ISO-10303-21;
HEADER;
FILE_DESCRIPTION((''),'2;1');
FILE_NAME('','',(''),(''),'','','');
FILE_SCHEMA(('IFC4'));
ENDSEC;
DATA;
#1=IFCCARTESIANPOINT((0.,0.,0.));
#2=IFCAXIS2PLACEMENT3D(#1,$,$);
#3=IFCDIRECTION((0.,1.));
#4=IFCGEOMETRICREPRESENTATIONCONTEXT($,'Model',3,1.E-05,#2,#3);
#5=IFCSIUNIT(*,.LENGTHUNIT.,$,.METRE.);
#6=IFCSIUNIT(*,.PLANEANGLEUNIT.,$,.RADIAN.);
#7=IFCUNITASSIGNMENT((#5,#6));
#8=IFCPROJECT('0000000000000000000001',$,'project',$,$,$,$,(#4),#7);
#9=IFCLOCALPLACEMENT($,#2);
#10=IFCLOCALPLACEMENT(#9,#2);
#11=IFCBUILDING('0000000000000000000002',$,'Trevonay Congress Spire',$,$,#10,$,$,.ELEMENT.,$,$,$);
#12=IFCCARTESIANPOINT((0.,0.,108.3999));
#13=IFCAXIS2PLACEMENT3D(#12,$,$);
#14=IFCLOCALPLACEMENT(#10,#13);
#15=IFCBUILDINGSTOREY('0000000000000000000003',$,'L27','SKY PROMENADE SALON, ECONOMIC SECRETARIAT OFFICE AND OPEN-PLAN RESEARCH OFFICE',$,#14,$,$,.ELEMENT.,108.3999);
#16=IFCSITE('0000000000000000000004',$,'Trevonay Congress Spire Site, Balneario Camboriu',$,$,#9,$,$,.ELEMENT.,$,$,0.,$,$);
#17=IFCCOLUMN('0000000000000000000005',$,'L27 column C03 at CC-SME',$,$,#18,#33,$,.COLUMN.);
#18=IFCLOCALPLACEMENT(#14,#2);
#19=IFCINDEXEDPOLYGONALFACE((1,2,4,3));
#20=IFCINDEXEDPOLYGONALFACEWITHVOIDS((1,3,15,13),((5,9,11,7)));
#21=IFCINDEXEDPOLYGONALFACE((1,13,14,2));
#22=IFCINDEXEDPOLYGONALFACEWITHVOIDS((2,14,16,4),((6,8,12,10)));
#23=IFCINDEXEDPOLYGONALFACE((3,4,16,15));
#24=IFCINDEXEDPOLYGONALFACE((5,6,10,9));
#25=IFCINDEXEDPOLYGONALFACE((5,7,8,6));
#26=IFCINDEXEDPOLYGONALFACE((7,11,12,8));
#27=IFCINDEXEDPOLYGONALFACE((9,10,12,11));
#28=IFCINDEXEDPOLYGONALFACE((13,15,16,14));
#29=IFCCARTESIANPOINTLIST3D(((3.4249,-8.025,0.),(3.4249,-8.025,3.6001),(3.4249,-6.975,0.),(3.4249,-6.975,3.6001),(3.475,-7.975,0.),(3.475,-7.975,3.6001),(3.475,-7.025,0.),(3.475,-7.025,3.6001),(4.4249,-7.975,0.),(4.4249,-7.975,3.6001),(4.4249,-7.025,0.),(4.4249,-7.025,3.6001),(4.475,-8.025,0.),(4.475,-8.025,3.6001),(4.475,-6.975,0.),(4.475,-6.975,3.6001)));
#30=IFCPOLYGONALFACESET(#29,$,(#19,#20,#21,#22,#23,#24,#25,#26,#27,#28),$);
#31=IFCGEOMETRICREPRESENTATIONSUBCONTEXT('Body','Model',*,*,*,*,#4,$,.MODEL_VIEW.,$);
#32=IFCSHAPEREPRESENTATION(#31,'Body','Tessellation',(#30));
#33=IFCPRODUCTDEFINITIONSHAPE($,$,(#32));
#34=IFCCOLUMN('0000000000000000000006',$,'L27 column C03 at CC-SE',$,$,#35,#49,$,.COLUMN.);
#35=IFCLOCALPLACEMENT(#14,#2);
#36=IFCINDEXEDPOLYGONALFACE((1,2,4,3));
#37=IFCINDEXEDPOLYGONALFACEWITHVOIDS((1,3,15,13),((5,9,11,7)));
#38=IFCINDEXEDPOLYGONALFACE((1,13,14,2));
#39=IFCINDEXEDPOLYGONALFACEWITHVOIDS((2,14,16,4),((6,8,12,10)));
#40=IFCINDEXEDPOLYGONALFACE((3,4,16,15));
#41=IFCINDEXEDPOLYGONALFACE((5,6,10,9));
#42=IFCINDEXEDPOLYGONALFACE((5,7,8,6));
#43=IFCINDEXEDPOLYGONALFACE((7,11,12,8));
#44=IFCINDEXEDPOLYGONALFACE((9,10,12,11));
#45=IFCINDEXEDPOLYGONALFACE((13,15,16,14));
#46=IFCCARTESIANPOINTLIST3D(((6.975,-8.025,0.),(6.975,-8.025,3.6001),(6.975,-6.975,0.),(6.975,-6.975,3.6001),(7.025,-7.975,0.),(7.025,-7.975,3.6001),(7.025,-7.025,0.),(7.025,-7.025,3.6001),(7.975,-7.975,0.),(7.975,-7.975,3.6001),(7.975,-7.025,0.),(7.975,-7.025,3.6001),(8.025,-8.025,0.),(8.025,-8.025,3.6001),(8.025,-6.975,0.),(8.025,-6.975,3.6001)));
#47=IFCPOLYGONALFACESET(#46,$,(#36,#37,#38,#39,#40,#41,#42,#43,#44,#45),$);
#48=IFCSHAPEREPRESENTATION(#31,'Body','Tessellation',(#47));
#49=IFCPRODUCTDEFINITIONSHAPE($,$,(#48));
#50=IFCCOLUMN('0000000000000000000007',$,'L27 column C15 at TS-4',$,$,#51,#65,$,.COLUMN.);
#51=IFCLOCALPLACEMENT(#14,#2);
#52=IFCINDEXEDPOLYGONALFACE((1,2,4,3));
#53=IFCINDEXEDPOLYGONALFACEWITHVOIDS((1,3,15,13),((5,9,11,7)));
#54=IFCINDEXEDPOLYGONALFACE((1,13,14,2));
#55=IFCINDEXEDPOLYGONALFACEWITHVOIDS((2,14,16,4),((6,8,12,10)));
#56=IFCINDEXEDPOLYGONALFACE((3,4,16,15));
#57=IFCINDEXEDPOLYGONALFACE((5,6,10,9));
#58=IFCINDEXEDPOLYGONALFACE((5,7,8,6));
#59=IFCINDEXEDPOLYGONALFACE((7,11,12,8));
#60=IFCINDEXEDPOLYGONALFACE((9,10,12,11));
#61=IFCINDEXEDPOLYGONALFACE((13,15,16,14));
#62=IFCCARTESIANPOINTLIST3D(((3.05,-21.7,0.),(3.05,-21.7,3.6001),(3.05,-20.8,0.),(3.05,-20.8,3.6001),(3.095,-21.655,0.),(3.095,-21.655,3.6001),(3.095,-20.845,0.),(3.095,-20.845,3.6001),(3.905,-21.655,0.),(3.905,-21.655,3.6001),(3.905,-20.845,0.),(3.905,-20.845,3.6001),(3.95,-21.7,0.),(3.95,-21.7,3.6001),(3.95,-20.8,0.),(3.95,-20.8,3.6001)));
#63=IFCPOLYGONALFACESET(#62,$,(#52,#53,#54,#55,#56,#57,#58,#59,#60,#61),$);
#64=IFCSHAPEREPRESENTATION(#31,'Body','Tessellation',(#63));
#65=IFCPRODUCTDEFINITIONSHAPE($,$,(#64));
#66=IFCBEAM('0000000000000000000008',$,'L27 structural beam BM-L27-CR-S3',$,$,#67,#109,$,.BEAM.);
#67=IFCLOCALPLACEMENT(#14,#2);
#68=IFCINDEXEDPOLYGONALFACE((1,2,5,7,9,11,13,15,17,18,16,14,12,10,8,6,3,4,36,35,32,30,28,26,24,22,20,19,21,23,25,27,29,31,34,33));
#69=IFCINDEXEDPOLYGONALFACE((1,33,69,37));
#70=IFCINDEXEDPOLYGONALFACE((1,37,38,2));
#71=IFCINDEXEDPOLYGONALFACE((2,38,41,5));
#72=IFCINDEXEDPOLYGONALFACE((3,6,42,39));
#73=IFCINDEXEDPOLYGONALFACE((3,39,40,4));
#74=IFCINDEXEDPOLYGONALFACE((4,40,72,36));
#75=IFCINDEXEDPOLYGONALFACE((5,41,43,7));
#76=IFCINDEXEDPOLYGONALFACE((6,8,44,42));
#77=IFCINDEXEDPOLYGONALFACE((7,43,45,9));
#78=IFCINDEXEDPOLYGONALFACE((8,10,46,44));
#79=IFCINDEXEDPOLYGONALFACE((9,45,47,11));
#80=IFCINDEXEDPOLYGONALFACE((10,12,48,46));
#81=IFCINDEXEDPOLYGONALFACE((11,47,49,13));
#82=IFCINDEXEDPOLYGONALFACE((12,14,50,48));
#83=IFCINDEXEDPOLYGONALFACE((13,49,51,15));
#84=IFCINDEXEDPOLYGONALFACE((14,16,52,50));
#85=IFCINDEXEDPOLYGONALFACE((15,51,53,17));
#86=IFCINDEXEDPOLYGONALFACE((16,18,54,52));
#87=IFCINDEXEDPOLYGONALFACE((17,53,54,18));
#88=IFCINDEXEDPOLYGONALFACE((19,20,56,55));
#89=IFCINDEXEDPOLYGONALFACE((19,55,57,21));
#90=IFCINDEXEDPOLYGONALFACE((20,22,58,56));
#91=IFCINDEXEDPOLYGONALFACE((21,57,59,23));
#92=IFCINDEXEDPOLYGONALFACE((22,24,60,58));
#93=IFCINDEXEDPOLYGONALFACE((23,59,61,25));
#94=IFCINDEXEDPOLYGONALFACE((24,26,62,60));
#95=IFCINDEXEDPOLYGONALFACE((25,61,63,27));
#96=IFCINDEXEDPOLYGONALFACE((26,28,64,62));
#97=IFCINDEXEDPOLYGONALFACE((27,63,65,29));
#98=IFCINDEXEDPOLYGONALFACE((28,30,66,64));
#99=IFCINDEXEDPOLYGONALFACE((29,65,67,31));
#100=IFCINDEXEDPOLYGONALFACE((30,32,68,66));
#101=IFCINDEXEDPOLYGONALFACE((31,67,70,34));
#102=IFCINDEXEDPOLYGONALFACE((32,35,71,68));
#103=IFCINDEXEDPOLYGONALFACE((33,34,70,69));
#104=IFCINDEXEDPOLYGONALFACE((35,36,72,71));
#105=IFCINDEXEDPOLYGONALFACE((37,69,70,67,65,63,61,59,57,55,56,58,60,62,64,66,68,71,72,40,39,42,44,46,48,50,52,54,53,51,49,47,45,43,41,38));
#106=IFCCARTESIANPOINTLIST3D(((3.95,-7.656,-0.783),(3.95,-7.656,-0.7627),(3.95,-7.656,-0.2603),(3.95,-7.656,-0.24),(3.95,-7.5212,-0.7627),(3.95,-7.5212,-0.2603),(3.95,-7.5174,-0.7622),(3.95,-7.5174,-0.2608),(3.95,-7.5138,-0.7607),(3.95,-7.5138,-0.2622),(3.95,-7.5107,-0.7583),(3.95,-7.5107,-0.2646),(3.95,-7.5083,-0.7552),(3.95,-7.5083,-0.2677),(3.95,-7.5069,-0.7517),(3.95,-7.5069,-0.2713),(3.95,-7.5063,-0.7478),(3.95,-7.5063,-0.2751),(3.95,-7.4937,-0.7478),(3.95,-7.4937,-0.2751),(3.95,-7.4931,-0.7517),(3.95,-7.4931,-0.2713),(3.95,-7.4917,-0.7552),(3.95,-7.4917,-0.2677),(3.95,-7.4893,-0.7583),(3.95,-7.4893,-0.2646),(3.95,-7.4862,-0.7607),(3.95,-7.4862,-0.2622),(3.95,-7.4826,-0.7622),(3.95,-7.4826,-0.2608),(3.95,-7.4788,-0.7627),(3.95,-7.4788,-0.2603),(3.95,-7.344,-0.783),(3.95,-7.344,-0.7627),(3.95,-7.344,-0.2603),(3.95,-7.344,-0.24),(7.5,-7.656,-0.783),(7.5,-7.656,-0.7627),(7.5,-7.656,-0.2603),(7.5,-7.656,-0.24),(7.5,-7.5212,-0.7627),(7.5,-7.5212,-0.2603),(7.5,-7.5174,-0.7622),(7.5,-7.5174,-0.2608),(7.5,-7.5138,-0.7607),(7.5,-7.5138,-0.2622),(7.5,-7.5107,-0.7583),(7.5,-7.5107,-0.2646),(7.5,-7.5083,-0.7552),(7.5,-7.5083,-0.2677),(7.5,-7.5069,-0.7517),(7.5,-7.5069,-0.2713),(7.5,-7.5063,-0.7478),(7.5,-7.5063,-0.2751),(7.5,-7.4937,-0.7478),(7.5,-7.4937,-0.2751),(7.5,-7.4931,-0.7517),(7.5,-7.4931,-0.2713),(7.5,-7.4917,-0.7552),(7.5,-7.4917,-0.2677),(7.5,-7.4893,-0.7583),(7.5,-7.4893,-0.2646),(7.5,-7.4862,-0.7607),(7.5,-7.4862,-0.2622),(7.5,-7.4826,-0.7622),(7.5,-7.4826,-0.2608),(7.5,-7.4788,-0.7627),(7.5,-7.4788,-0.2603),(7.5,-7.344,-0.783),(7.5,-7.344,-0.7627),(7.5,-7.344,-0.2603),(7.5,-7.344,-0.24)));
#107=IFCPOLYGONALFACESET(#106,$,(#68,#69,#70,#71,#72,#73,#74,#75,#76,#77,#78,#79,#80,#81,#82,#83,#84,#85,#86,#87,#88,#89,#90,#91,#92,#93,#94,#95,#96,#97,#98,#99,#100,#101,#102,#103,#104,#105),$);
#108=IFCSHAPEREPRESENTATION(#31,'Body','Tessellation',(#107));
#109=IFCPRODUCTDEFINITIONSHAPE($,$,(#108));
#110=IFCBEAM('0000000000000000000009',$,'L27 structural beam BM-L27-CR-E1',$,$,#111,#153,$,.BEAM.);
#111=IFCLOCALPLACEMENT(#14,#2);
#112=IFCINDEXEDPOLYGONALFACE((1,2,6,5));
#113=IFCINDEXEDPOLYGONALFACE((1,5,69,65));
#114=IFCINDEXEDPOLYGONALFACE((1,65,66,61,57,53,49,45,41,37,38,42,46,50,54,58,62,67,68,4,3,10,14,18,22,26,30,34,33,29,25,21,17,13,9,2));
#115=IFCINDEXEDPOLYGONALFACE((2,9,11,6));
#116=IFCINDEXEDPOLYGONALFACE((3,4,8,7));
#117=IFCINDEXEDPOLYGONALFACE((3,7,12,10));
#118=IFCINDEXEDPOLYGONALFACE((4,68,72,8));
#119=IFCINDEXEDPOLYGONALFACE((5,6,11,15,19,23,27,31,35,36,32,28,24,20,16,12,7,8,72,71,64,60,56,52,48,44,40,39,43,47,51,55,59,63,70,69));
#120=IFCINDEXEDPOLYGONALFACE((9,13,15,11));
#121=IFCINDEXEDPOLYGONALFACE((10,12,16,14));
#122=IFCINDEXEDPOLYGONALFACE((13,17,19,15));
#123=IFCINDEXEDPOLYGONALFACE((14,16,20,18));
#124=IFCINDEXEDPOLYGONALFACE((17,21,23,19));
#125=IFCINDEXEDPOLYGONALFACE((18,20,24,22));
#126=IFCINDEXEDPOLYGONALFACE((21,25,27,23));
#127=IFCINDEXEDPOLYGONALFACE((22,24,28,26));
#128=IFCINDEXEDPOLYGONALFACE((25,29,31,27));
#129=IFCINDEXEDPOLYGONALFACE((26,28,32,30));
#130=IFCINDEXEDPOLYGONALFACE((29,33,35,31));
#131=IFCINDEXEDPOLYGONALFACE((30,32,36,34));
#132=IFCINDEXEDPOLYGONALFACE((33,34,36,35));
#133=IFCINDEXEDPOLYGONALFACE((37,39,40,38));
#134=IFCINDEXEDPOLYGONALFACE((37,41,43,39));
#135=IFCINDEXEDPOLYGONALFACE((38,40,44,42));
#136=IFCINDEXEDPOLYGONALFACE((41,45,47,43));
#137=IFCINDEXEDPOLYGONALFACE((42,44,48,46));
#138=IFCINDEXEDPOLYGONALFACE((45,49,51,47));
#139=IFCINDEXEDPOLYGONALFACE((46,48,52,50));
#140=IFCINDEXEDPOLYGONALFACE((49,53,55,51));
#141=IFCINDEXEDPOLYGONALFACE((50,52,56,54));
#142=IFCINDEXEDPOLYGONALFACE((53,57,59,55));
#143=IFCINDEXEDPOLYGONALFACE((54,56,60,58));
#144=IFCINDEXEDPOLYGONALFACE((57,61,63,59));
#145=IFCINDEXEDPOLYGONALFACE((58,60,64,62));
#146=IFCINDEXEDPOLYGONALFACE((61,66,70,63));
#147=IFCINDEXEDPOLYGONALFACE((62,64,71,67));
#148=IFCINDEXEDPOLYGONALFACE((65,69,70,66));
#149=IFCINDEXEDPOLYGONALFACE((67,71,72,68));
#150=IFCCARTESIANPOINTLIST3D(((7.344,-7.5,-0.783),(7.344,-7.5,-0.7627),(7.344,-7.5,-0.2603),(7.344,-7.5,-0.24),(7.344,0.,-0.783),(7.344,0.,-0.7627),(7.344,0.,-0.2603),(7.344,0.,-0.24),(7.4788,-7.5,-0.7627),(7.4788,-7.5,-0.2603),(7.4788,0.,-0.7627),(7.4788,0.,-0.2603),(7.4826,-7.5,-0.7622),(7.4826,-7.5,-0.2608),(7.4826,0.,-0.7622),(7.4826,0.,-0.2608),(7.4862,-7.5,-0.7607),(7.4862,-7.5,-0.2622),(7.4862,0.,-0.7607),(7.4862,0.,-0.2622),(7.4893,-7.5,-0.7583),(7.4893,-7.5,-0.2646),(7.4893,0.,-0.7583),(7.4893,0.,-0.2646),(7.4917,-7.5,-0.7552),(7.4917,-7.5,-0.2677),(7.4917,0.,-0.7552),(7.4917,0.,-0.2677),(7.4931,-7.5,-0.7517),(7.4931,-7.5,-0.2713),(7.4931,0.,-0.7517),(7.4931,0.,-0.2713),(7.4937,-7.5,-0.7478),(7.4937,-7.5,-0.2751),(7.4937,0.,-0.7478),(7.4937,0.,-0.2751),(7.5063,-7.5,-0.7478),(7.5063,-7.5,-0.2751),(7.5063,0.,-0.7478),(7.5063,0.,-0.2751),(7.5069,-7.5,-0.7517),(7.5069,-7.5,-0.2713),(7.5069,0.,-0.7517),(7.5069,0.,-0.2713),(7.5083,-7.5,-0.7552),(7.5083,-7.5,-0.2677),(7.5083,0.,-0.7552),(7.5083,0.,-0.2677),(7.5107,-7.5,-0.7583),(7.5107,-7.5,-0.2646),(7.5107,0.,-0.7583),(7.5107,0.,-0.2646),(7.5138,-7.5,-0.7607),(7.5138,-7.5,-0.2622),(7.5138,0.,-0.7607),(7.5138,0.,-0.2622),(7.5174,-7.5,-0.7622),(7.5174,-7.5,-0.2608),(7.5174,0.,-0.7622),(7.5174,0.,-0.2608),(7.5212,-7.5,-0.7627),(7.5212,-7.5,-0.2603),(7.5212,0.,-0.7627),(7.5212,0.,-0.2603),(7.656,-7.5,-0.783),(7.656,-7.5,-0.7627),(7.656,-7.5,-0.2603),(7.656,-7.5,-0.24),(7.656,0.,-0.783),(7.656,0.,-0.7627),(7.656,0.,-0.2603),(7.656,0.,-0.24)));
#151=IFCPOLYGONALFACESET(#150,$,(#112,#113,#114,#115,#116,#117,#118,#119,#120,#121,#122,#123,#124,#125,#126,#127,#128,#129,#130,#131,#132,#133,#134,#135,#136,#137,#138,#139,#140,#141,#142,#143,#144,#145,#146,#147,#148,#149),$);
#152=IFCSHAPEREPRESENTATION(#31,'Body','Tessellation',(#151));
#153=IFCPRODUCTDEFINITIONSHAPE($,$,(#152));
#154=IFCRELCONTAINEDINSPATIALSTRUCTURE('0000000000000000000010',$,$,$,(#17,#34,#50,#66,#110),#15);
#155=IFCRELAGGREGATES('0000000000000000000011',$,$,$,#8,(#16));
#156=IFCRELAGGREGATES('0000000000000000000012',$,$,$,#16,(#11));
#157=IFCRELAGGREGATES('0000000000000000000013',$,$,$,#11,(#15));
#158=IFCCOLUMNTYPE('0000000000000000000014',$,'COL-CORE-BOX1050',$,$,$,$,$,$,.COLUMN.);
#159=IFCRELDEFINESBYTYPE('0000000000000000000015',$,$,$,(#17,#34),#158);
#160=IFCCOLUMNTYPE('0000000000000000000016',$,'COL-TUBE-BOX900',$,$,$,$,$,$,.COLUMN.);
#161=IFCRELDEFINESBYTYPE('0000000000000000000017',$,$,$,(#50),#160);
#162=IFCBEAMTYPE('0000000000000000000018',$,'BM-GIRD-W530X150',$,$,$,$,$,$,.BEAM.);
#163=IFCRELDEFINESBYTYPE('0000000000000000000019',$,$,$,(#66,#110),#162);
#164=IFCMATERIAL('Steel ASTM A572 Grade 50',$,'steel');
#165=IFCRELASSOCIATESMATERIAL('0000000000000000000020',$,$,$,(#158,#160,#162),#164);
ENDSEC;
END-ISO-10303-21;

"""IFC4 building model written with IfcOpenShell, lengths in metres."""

from ifc_helpers import new_model, si_unit, direction, frame, origin, origin_2d, place, context, subcontext, project, spatial, hollow_rectangle, i_section, extrude, material, material_profile, profile_set, type_object, element, save


model = new_model("IFC4")

# Units and contexts
model_context = context("Model", 3, precision=1e-05, world=origin(), true_north=direction((0.0, 1.0)))
body_context = subcontext(model_context, "Body", "Model", "MODEL_VIEW")
ifc_project = project(units=[si_unit("LENGTHUNIT", "METRE"), si_unit("PLANEANGLEUNIT", "RADIAN")], contexts=[model_context])

# Site, building, storey
site_placement = place(None, origin())
site = spatial("IfcSite", under=ifc_project, at=site_placement, Name="Trevonay Congress Spire Site, Balneario Camboriu", CompositionType="ELEMENT", RefElevation=0.0)
building_placement = place(site_placement, origin())
building = spatial("IfcBuilding", under=site, at=building_placement, Name="Trevonay Congress Spire", CompositionType="ELEMENT")
storey_placement = place(building_placement, frame((0.0, 0.0, 108.3999)))
storey = spatial("IfcBuildingStorey", under=building, at=storey_placement, Name="L27", Description="SKY PROMENADE SALON, ECONOMIC SECRETARIAT OFFICE AND OPEN-PLAN RESEARCH OFFICE", CompositionType="ELEMENT", Elevation=108.3999)

# Columns
ifc_material_1 = material(Name="Steel ASTM A572 Grade 50", Category="steel")
ifc_material_profile_1 = material_profile(ifc_material_1, hollow_rectangle(XDim=1.05, YDim=1.05, WallThickness=0.05, at=origin_2d()), Name="BOX 1050x1050x50")
ifc_profile_set_1 = profile_set([ifc_material_profile_1], Name="Steel ASTM A572 Grade 50")
column_type_1 = type_object("IfcColumnType", Name="COL-CORE-BOX1050", PredefinedType="COLUMN", material=ifc_profile_set_1)
for number, where, z_axis, x_axis, name in (
    (1, (3.95, -7.5, 0.0), (0.0, 0.0, 1.0), (1.0, 0.0, 0.0), "L27 column C03 at CC-SME"),
    (2, (7.5, -7.5, 0.0), (0.0, 0.0, 1.0), (1.0, 0.0, 0.0), "L27 column C03 at CC-SE"),
):
    element("IfcColumn", number, at=place(storey_placement, frame(where, z_axis=z_axis, x_axis=x_axis)), inside=storey, type_object=column_type_1, Name=name, PredefinedType="COLUMN", context=body_context, shape_type="SweptSolid", body=[
        extrude(hollow_rectangle(XDim=1.05, YDim=1.05, WallThickness=0.05, at=origin_2d()), origin(), (0.0, 0.0, 1.0), 3.6001),
    ])
ifc_material_profile_2 = material_profile(ifc_material_1, hollow_rectangle(XDim=0.8999, YDim=0.8999, WallThickness=0.0449, at=origin_2d()), Name="BOX 900x900x45")
ifc_profile_set_2 = profile_set([ifc_material_profile_2], Name="Steel ASTM A572 Grade 50")
column_type_2 = type_object("IfcColumnType", Name="COL-TUBE-BOX900", PredefinedType="COLUMN", material=ifc_profile_set_2)
column_placement = place(storey_placement, frame((3.5, -21.25, 0.0), z_axis=(0.0, 0.0, 1.0), x_axis=(1.0, 0.0, 0.0)))
element("IfcColumn", 3, at=column_placement, inside=storey, type_object=column_type_2, Name="L27 column C15 at TS-4", PredefinedType="COLUMN", context=body_context, shape_type="SweptSolid", body=[
    extrude(hollow_rectangle(XDim=0.8999, YDim=0.8999, WallThickness=0.0449, at=origin_2d()), origin(), (0.0, 0.0, 1.0), 3.6001),
])

# Beams
ifc_material_profile_3 = material_profile(ifc_material_1, i_section(OverallWidth=0.312, OverallDepth=0.543, WebThickness=0.0127, FlangeThickness=0.0203, FilletRadius=0.0149, at=origin_2d()), Name="W530x150")
ifc_profile_set_3 = profile_set([ifc_material_profile_3], Name="Steel ASTM A572 Grade 50")
beam_type_1 = type_object("IfcBeamType", Name="BM-GIRD-W530X150", PredefinedType="BEAM", material=ifc_profile_set_3)
beam_1_placement = place(storey_placement, frame((3.95, -7.5, -0.5115), z_axis=(1.0, 0.0, 0.0), x_axis=(0.0, 1.0, 0.0)))
element("IfcBeam", 4, at=beam_1_placement, inside=storey, type_object=beam_type_1, Name="L27 structural beam BM-L27-CR-S3", PredefinedType="BEAM", context=body_context, shape_type="SweptSolid", body=[
    extrude(i_section(OverallWidth=0.312, OverallDepth=0.543, WebThickness=0.0127, FlangeThickness=0.0203, FilletRadius=0.0149, at=origin_2d()), origin(), (0.0, 0.0, 1.0), 3.55),
])
beam_2_placement = place(storey_placement, frame((7.5, -7.5, -0.5115), z_axis=(0.0, 1.0, 0.0), x_axis=(-1.0, 0.0, 0.0)))
element("IfcBeam", 5, at=beam_2_placement, inside=storey, type_object=beam_type_1, Name="L27 structural beam BM-L27-CR-E1", PredefinedType="BEAM", context=body_context, shape_type="SweptSolid", body=[
    extrude(i_section(OverallWidth=0.312, OverallDepth=0.543, WebThickness=0.0127, FlangeThickness=0.0203, FilletRadius=0.0149, at=origin_2d()), origin(), (0.0, 0.0, 1.0), 7.5),
])

save(model, "model.ifc")
